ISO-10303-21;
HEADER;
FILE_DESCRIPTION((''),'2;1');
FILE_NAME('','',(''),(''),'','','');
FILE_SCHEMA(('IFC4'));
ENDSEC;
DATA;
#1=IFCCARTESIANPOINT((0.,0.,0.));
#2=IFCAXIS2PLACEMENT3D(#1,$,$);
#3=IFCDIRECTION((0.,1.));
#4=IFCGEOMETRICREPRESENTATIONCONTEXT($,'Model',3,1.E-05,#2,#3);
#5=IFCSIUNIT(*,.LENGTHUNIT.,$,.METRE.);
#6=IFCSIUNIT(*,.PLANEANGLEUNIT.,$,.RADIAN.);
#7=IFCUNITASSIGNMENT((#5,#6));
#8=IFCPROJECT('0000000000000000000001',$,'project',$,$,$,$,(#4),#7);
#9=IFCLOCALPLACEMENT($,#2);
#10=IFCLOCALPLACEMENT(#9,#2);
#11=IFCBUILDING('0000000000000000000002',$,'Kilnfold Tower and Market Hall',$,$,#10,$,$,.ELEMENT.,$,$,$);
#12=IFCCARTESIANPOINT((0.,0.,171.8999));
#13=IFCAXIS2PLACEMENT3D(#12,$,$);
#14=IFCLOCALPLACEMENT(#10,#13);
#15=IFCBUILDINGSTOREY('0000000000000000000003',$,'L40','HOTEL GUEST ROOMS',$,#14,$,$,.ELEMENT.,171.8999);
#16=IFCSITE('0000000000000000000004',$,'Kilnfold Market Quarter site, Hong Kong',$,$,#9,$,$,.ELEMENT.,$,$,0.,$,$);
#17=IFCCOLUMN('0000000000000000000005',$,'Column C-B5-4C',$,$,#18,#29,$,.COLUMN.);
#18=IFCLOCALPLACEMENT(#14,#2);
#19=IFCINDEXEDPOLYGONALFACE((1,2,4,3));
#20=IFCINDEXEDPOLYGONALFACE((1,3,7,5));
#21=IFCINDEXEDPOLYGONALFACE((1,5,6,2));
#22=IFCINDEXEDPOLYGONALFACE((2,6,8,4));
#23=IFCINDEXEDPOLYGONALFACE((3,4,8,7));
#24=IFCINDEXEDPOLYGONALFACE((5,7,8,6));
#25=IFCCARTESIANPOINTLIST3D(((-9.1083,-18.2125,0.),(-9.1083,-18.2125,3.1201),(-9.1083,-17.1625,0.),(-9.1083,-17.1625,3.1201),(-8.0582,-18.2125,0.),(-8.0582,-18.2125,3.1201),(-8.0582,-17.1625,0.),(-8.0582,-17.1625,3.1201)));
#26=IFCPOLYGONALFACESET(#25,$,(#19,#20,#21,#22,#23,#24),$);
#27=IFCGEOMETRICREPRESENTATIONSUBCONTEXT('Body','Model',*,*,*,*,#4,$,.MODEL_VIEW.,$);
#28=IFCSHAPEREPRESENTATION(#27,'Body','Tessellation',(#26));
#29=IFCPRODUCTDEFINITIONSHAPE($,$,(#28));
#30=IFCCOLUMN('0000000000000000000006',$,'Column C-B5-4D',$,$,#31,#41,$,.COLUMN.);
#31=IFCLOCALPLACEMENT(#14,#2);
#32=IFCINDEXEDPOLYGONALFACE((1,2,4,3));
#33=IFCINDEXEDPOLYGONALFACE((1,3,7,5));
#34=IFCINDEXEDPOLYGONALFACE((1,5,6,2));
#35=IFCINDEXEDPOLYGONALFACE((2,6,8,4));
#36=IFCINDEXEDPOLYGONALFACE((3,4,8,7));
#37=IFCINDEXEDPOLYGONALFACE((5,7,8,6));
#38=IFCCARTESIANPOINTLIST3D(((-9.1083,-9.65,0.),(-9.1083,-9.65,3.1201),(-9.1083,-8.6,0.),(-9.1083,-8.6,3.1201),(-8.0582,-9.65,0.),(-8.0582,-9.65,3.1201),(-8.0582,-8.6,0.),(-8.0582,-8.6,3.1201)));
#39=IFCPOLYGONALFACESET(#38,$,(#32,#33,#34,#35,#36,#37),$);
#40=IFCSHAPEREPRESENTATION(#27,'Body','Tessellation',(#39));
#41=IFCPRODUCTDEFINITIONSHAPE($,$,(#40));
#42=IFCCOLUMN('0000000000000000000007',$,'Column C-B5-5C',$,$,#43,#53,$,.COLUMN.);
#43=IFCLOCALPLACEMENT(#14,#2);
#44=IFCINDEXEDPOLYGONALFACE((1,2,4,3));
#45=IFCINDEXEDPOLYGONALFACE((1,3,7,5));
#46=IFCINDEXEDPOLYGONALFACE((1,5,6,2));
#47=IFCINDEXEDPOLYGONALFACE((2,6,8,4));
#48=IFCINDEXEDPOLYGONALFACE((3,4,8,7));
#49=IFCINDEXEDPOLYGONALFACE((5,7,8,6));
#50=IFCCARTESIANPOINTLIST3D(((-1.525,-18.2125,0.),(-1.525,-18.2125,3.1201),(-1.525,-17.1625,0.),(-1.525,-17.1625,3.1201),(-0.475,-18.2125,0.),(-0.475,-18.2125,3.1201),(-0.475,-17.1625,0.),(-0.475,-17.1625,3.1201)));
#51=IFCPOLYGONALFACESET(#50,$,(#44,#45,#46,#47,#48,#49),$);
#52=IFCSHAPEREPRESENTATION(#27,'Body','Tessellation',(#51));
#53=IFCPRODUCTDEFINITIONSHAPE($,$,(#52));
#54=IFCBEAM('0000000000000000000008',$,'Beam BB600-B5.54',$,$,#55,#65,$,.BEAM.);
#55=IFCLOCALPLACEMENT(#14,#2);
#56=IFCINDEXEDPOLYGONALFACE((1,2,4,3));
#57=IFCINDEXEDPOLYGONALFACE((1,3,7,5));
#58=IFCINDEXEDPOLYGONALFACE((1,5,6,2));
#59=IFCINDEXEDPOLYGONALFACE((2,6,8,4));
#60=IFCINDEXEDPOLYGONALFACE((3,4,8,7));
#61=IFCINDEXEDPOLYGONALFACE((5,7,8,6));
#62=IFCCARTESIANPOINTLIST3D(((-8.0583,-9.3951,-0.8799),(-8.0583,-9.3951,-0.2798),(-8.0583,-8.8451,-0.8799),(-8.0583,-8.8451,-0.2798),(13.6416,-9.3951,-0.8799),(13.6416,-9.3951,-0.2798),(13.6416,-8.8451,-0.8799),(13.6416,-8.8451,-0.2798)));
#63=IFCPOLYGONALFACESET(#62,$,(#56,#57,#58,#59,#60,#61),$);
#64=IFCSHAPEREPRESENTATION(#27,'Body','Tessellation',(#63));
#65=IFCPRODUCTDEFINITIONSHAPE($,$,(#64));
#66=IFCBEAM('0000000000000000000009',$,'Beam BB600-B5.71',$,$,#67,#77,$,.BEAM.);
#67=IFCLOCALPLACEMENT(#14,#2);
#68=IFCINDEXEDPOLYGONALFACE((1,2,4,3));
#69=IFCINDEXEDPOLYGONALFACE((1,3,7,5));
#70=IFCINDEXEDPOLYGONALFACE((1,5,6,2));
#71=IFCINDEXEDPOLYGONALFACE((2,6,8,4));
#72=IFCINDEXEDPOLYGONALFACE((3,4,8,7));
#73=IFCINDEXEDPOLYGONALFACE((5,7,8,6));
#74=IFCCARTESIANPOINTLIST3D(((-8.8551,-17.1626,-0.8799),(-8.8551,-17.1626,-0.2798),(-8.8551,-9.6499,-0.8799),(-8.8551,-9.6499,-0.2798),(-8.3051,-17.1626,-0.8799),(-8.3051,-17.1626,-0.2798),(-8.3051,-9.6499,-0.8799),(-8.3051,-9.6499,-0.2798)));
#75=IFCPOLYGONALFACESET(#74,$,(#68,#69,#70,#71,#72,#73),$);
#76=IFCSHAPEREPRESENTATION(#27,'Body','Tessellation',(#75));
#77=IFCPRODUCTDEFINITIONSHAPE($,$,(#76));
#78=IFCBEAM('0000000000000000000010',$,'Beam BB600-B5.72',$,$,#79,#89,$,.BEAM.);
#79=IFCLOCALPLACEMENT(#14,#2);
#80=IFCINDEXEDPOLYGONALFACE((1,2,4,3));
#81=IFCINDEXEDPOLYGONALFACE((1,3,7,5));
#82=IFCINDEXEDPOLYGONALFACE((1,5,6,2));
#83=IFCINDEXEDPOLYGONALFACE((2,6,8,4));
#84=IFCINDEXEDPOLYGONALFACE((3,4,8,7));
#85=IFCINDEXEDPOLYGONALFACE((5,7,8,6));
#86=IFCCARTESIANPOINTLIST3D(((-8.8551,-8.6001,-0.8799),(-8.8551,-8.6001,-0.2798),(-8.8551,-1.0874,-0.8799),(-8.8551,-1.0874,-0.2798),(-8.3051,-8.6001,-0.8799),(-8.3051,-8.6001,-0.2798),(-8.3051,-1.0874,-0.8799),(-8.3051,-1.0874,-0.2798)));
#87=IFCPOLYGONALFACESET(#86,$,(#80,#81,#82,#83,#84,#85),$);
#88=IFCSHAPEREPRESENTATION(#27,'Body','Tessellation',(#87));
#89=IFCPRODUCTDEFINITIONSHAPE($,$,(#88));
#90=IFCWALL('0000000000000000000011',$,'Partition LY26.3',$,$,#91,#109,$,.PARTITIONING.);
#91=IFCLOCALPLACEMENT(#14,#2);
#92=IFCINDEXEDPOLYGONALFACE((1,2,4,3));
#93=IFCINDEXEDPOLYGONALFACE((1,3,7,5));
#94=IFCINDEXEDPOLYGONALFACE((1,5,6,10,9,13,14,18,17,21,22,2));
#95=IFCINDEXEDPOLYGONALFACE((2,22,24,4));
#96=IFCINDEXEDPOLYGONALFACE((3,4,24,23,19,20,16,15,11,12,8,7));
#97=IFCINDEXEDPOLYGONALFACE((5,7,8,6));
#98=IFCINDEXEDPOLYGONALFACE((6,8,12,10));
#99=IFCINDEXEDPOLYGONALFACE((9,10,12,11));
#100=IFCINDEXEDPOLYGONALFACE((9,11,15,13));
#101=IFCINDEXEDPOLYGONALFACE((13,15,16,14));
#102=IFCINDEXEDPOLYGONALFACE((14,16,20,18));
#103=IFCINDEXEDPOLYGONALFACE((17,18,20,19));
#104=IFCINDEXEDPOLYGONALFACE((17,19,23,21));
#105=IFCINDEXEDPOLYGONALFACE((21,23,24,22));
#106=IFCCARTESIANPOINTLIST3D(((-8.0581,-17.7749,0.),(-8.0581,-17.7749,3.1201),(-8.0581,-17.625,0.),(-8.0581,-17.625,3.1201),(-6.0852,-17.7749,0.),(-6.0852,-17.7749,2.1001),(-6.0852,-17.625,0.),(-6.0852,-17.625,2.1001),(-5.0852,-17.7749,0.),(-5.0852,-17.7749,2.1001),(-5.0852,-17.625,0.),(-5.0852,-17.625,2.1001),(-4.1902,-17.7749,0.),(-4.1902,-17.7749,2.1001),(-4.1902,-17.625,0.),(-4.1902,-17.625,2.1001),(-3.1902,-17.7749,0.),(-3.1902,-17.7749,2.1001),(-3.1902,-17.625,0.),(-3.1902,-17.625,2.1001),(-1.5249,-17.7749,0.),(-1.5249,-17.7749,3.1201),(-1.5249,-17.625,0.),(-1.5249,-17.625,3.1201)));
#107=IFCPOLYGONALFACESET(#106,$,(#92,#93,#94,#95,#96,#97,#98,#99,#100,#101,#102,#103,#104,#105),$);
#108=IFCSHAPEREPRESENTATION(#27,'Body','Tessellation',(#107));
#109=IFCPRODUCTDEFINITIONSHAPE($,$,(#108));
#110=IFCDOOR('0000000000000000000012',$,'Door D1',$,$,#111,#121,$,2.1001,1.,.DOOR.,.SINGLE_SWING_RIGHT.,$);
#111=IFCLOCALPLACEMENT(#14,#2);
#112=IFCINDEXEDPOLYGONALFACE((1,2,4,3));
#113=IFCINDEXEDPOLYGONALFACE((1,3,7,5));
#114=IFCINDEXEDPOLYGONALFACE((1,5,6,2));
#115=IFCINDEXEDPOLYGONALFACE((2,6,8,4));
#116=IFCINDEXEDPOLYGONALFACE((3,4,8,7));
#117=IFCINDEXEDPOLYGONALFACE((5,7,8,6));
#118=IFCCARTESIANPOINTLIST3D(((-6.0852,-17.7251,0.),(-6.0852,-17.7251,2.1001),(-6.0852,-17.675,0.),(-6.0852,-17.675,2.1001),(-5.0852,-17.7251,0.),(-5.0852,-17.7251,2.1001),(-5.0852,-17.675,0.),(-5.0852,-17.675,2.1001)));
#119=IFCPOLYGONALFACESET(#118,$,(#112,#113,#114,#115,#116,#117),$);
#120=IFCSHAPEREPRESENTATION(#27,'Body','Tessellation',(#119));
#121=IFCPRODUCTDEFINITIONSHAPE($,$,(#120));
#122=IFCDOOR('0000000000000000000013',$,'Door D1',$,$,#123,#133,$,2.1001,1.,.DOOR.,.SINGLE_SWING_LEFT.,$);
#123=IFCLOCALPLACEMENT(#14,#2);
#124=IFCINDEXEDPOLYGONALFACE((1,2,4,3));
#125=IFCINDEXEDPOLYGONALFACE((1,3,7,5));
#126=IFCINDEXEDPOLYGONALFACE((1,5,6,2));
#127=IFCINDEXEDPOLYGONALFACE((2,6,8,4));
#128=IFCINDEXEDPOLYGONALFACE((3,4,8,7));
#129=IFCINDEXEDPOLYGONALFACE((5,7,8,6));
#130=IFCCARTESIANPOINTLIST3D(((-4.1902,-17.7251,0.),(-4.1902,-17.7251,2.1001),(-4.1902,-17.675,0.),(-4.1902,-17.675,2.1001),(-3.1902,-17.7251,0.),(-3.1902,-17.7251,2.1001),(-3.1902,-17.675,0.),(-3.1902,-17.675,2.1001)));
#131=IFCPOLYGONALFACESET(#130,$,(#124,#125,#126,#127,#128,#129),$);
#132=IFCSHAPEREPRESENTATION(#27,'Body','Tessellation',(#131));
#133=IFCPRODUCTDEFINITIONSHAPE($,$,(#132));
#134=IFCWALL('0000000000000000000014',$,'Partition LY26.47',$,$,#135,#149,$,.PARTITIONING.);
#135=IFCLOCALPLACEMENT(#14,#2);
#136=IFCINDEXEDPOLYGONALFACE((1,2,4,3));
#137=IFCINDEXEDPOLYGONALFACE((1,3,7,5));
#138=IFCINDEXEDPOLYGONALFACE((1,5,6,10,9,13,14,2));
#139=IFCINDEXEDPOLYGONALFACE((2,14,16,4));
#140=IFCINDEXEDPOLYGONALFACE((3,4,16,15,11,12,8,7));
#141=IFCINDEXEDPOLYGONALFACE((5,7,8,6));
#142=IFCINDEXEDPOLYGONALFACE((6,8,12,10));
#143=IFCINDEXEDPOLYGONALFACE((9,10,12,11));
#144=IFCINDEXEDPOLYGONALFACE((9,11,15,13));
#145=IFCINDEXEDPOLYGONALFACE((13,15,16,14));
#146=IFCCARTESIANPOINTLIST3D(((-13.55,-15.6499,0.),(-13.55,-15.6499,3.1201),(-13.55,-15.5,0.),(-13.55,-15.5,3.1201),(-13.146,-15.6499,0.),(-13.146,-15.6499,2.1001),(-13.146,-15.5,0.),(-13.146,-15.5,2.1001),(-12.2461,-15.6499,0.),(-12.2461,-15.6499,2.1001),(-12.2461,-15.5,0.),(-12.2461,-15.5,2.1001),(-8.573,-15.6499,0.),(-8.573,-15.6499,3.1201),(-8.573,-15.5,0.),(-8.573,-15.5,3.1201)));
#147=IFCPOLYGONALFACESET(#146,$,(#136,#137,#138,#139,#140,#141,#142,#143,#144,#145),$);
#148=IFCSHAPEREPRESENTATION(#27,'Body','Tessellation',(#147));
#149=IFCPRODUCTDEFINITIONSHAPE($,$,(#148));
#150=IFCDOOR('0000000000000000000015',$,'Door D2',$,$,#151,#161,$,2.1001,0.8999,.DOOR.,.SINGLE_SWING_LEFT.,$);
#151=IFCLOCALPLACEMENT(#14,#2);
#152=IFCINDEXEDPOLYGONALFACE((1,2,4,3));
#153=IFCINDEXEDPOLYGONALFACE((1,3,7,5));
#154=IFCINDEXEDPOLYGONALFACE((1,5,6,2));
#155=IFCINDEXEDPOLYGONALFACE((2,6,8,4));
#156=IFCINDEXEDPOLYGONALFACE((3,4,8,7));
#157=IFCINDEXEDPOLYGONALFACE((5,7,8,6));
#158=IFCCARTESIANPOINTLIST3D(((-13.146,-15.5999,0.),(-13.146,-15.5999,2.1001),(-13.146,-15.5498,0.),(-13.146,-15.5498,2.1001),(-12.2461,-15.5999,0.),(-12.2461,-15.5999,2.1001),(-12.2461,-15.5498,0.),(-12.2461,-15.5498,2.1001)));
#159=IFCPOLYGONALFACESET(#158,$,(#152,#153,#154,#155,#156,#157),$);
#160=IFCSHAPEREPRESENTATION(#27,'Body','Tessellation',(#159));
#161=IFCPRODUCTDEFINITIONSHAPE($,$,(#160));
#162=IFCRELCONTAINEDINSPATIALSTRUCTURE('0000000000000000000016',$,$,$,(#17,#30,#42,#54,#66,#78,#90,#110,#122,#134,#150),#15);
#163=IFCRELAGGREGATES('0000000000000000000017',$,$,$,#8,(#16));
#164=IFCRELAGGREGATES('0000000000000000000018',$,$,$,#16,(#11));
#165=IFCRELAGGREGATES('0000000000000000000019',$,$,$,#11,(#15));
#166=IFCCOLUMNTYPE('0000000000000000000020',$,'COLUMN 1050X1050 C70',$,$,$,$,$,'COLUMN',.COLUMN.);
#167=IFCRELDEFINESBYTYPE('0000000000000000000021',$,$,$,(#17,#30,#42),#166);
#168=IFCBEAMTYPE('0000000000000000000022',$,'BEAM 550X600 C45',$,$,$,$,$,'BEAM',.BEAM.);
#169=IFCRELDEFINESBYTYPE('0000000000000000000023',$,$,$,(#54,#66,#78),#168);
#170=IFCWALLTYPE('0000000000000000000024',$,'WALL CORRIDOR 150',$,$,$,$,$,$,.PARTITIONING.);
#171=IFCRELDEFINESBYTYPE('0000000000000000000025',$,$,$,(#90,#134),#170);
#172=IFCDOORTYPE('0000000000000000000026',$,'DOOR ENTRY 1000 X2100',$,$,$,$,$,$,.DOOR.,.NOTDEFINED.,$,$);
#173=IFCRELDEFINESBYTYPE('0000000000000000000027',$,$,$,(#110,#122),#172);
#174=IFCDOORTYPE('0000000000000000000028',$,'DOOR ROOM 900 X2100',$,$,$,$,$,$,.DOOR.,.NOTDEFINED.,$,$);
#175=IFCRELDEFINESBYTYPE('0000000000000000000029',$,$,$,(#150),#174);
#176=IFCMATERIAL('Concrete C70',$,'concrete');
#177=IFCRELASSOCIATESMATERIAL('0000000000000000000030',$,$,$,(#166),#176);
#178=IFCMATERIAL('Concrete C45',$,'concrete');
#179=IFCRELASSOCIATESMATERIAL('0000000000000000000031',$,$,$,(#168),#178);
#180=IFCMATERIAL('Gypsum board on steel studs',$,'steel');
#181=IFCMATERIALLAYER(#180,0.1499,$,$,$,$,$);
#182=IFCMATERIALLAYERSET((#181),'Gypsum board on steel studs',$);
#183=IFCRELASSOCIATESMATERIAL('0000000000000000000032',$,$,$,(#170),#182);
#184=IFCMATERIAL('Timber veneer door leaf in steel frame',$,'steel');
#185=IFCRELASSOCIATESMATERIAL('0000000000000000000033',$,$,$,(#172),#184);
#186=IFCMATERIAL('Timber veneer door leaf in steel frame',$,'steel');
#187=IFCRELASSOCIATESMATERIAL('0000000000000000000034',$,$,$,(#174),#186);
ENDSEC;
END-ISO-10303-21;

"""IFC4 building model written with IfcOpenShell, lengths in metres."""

from ifc_helpers import new_model, si_unit, direction, frame, frame_2d, origin, origin_2d, place, context, subcontext, project, spatial, rectangle, extrude, source, transform, mapped, material, layer, layer_set, material_profile, profile_set, type_object, element, fill, save


model = new_model("IFC4")

# Units and contexts
model_context = context("Model", 3, precision=1e-05, world=origin(), true_north=direction((0.0, 1.0)))
body_context = subcontext(model_context, "Body", "Model", "MODEL_VIEW")
ifc_project = project(units=[si_unit("LENGTHUNIT", "METRE"), si_unit("PLANEANGLEUNIT", "RADIAN")], contexts=[model_context])

# Site, building, storey
site_placement = place(None, origin())
site = spatial("IfcSite", under=ifc_project, at=site_placement, Name="Kilnfold Market Quarter site, Hong Kong", CompositionType="ELEMENT", RefElevation=0.0)
building_placement = place(site_placement, origin())
building = spatial("IfcBuilding", under=site, at=building_placement, Name="Kilnfold Tower and Market Hall", CompositionType="ELEMENT")
storey_placement = place(building_placement, frame((0.0, 0.0, 171.8999)))
storey = spatial("IfcBuildingStorey", under=building, at=storey_placement, Name="L40", Description="HOTEL GUEST ROOMS", CompositionType="ELEMENT", Elevation=171.8999)

# Columns
ifc_material_1 = material(Name="Concrete C70", Category="concrete")
ifc_material_profile_1 = material_profile(ifc_material_1, rectangle(XDim=1.05, YDim=1.05, at=origin_2d()), Name="RC 1050x1050")
ifc_profile_set_1 = profile_set([ifc_material_profile_1], Name="Concrete C70")
column_type = type_object("IfcColumnType", Name="COLUMN 1050X1050 C70", ElementType="COLUMN", PredefinedType="COLUMN", material=ifc_profile_set_1)
shared_shape_1 = source(origin(), body_context, "Body", "SweptSolid", [
    extrude(rectangle(XDim=1.05, YDim=1.05, at=origin_2d()), origin(), (0.0, 0.0, 1.0), 3.1201),
])
for number, where, z_axis, x_axis, name in (
    (1, (-8.5833, -17.6875, 0.0), (0.0, 0.0, 1.0), (1.0, 0.0, 0.0), "Column C-B5-4C"),
    (2, (-8.5833, -9.125, 0.0), (0.0, 0.0, 1.0), (1.0, 0.0, 0.0), "Column C-B5-4D"),
    (3, (-1.0, -17.6875, 0.0), (0.0, 0.0, 1.0), (1.0, 0.0, 0.0), "Column C-B5-5C"),
):
    element("IfcColumn", number, at=place(storey_placement, frame(where, z_axis=z_axis, x_axis=x_axis)), inside=storey, type_object=column_type, Name=name, PredefinedType="COLUMN", context=body_context, shape_type="MappedRepresentation", body=[
        mapped(shared_shape_1, transform((0.0, 0.0, 0.0))),
    ])

# Beams
ifc_material_2 = material(Name="Concrete C45", Category="concrete")
ifc_material_profile_2 = material_profile(ifc_material_2, rectangle(XDim=0.55, YDim=0.6001, at=origin_2d()), Name="RC 550x600")
ifc_profile_set_2 = profile_set([ifc_material_profile_2], Name="Concrete C45")
beam_type = type_object("IfcBeamType", Name="BEAM 550X600 C45", ElementType="BEAM", PredefinedType="BEAM", material=ifc_profile_set_2)
shared_shape_2 = source(origin(), body_context, "Body", "SweptSolid", [
    extrude(rectangle(XDim=0.55, YDim=0.6001, at=origin_2d()), origin(), (0.0, 0.0, 1.0), 21.7),
])
beam_placement = place(storey_placement, frame((-8.0583, -9.1201, -0.5798), z_axis=(1.0, 0.0, 0.0), x_axis=(0.0, 1.0, 0.0)))
element("IfcBeam", 4, at=beam_placement, inside=storey, type_object=beam_type, Name="Beam BB600-B5.54", PredefinedType="BEAM", context=body_context, shape_type="MappedRepresentation", body=[
    mapped(shared_shape_2, transform((0.0, 0.0, 0.0))),
])
shared_shape_3 = source(origin(), body_context, "Body", "SweptSolid", [
    extrude(rectangle(XDim=0.55, YDim=0.6001, at=origin_2d()), origin(), (0.0, 0.0, 1.0), 7.5127),
])
for number, where, z_axis, x_axis, name in (
    (5, (-8.5801, -17.1626, -0.5798), (0.0, 1.0, 0.0), (-1.0, 0.0, 0.0), "Beam BB600-B5.71"),
    (6, (-8.5801, -8.6001, -0.5798), (0.0, 1.0, 0.0), (-1.0, 0.0, 0.0), "Beam BB600-B5.72"),
):
    element("IfcBeam", number, at=place(storey_placement, frame(where, z_axis=z_axis, x_axis=x_axis)), inside=storey, type_object=beam_type, Name=name, PredefinedType="BEAM", context=body_context, shape_type="MappedRepresentation", body=[
        mapped(shared_shape_3, transform((0.0, 0.0, 0.0))),
    ])

# Wall, openings, doors
ifc_material_3 = material(Name="Gypsum board on steel studs", Category="steel")
ifc_layer_1 = layer(ifc_material_3, 0.1499)
ifc_layer_set_1 = layer_set([ifc_layer_1], Name="Gypsum board on steel studs")
wall_type_1 = type_object("IfcWallType", Name="WALL CORRIDOR 150", PredefinedType="PARTITIONING", material=ifc_layer_set_1)
wall_1_placement = place(storey_placement, frame((-8.0581, -17.7, 0.0), z_axis=(0.0, 0.0, 1.0), x_axis=(1.0, 0.0, 0.0)))
wall_1 = element("IfcWall", 7, at=wall_1_placement, inside=storey, type_object=wall_type_1, Name="Partition LY26.3", PredefinedType="PARTITIONING", context=body_context, shape_type="SweptSolid", body=[
    extrude(rectangle(XDim=6.5332, YDim=0.1499, at=frame_2d((3.2666, 0.0))), origin(), (0.0, 0.0, 1.0), 3.1201),
])
opening_1_placement = place(wall_1_placement, frame((1.9729, 0.0, 0.0)))
opening_1 = element("IfcOpeningElement", 8, at=opening_1_placement, cuts=wall_1, PredefinedType="OPENING", context=body_context, shape_type="SweptSolid", body=[
    extrude(rectangle(XDim=1.0, YDim=2.1001, at=frame_2d((0.5, 1.05))), frame((0.0, 0.085, 0.0), z_axis=(0.0, -1.0, 0.0), x_axis=(1.0, 0.0, 0.0)), (0.0, 0.0, 1.0), 0.1699),
])
opening_2_placement = place(wall_1_placement, frame((3.8679, 0.0, 0.0)))
opening_2 = element("IfcOpeningElement", 9, at=opening_2_placement, cuts=wall_1, PredefinedType="OPENING", context=body_context, shape_type="SweptSolid", body=[
    extrude(rectangle(XDim=1.0, YDim=2.1001, at=frame_2d((0.5, 1.05))), frame((0.0, 0.085, 0.0), z_axis=(0.0, -1.0, 0.0), x_axis=(1.0, 0.0, 0.0)), (0.0, 0.0, 1.0), 0.1699),
])
ifc_material_4 = material(Name="Timber veneer door leaf in steel frame", Category="steel")
door_type_1 = type_object("IfcDoorType", Name="DOOR ENTRY 1000 X2100", OperationType="NOTDEFINED", PredefinedType="DOOR", material=ifc_material_4)
door_1_placement = place(opening_1_placement, origin())
door_1 = element("IfcDoor", 10, at=door_1_placement, inside=storey, type_object=door_type_1, Name="Door D1", OperationType="SINGLE_SWING_RIGHT", OverallHeight=2.1001, OverallWidth=1.0, PredefinedType="DOOR", context=body_context, shape_type="SweptSolid", body=[
    extrude(rectangle(XDim=1.0, YDim=2.1001, at=frame_2d((0.5, 1.05))), frame((0.0, 0.0249, 0.0), z_axis=(0.0, -1.0, 0.0), x_axis=(1.0, 0.0, 0.0)), (0.0, 0.0, 1.0), 0.05),
])
fill(opening_1, door_1)
door_2_placement = place(opening_2_placement, origin())
door_2 = element("IfcDoor", 11, at=door_2_placement, inside=storey, type_object=door_type_1, Name="Door D1", OperationType="SINGLE_SWING_LEFT", OverallHeight=2.1001, OverallWidth=1.0, PredefinedType="DOOR", context=body_context, shape_type="SweptSolid", body=[
    extrude(rectangle(XDim=1.0, YDim=2.1001, at=frame_2d((0.5, 1.05))), frame((0.0, 0.0249, 0.0), z_axis=(0.0, -1.0, 0.0), x_axis=(1.0, 0.0, 0.0)), (0.0, 0.0, 1.0), 0.05),
])
fill(opening_2, door_2)

# Wall, opening, door
wall_2_placement = place(storey_placement, frame((-8.573, -15.575, 0.0), z_axis=(0.0, 0.0, 1.0), x_axis=(-1.0, 0.0, 0.0)))
wall_2 = element("IfcWall", 12, at=wall_2_placement, inside=storey, type_object=wall_type_1, Name="Partition LY26.47", PredefinedType="PARTITIONING", context=body_context, shape_type="SweptSolid", body=[
    extrude(rectangle(XDim=4.9771, YDim=0.1499, at=frame_2d((2.4885, 0.0))), origin(), (0.0, 0.0, 1.0), 3.1201),
])
opening_3_placement = place(wall_2_placement, frame((3.6731, 0.0, 0.0)))
opening_3 = element("IfcOpeningElement", 13, at=opening_3_placement, cuts=wall_2, PredefinedType="OPENING", context=body_context, shape_type="SweptSolid", body=[
    extrude(rectangle(XDim=0.8999, YDim=2.1001, at=frame_2d((0.45, 1.05))), frame((0.0, 0.085, 0.0), z_axis=(0.0, -1.0, 0.0), x_axis=(1.0, 0.0, 0.0)), (0.0, 0.0, 1.0), 0.1699),
])
ifc_material_5 = material(Name="Timber veneer door leaf in steel frame", Category="steel")
door_type_2 = type_object("IfcDoorType", Name="DOOR ROOM 900 X2100", OperationType="NOTDEFINED", PredefinedType="DOOR", material=ifc_material_5)
door_3_placement = place(opening_3_placement, origin())
door_3 = element("IfcDoor", 14, at=door_3_placement, inside=storey, type_object=door_type_2, Name="Door D2", OperationType="SINGLE_SWING_LEFT", OverallHeight=2.1001, OverallWidth=0.8999, PredefinedType="DOOR", context=body_context, shape_type="SweptSolid", body=[
    extrude(rectangle(XDim=0.8999, YDim=2.1001, at=frame_2d((0.45, 1.05))), frame((0.0, 0.0249, 0.0), z_axis=(0.0, -1.0, 0.0), x_axis=(1.0, 0.0, 0.0)), (0.0, 0.0, 1.0), 0.05),
])
fill(opening_3, door_3)

save(model, "model.ifc")
